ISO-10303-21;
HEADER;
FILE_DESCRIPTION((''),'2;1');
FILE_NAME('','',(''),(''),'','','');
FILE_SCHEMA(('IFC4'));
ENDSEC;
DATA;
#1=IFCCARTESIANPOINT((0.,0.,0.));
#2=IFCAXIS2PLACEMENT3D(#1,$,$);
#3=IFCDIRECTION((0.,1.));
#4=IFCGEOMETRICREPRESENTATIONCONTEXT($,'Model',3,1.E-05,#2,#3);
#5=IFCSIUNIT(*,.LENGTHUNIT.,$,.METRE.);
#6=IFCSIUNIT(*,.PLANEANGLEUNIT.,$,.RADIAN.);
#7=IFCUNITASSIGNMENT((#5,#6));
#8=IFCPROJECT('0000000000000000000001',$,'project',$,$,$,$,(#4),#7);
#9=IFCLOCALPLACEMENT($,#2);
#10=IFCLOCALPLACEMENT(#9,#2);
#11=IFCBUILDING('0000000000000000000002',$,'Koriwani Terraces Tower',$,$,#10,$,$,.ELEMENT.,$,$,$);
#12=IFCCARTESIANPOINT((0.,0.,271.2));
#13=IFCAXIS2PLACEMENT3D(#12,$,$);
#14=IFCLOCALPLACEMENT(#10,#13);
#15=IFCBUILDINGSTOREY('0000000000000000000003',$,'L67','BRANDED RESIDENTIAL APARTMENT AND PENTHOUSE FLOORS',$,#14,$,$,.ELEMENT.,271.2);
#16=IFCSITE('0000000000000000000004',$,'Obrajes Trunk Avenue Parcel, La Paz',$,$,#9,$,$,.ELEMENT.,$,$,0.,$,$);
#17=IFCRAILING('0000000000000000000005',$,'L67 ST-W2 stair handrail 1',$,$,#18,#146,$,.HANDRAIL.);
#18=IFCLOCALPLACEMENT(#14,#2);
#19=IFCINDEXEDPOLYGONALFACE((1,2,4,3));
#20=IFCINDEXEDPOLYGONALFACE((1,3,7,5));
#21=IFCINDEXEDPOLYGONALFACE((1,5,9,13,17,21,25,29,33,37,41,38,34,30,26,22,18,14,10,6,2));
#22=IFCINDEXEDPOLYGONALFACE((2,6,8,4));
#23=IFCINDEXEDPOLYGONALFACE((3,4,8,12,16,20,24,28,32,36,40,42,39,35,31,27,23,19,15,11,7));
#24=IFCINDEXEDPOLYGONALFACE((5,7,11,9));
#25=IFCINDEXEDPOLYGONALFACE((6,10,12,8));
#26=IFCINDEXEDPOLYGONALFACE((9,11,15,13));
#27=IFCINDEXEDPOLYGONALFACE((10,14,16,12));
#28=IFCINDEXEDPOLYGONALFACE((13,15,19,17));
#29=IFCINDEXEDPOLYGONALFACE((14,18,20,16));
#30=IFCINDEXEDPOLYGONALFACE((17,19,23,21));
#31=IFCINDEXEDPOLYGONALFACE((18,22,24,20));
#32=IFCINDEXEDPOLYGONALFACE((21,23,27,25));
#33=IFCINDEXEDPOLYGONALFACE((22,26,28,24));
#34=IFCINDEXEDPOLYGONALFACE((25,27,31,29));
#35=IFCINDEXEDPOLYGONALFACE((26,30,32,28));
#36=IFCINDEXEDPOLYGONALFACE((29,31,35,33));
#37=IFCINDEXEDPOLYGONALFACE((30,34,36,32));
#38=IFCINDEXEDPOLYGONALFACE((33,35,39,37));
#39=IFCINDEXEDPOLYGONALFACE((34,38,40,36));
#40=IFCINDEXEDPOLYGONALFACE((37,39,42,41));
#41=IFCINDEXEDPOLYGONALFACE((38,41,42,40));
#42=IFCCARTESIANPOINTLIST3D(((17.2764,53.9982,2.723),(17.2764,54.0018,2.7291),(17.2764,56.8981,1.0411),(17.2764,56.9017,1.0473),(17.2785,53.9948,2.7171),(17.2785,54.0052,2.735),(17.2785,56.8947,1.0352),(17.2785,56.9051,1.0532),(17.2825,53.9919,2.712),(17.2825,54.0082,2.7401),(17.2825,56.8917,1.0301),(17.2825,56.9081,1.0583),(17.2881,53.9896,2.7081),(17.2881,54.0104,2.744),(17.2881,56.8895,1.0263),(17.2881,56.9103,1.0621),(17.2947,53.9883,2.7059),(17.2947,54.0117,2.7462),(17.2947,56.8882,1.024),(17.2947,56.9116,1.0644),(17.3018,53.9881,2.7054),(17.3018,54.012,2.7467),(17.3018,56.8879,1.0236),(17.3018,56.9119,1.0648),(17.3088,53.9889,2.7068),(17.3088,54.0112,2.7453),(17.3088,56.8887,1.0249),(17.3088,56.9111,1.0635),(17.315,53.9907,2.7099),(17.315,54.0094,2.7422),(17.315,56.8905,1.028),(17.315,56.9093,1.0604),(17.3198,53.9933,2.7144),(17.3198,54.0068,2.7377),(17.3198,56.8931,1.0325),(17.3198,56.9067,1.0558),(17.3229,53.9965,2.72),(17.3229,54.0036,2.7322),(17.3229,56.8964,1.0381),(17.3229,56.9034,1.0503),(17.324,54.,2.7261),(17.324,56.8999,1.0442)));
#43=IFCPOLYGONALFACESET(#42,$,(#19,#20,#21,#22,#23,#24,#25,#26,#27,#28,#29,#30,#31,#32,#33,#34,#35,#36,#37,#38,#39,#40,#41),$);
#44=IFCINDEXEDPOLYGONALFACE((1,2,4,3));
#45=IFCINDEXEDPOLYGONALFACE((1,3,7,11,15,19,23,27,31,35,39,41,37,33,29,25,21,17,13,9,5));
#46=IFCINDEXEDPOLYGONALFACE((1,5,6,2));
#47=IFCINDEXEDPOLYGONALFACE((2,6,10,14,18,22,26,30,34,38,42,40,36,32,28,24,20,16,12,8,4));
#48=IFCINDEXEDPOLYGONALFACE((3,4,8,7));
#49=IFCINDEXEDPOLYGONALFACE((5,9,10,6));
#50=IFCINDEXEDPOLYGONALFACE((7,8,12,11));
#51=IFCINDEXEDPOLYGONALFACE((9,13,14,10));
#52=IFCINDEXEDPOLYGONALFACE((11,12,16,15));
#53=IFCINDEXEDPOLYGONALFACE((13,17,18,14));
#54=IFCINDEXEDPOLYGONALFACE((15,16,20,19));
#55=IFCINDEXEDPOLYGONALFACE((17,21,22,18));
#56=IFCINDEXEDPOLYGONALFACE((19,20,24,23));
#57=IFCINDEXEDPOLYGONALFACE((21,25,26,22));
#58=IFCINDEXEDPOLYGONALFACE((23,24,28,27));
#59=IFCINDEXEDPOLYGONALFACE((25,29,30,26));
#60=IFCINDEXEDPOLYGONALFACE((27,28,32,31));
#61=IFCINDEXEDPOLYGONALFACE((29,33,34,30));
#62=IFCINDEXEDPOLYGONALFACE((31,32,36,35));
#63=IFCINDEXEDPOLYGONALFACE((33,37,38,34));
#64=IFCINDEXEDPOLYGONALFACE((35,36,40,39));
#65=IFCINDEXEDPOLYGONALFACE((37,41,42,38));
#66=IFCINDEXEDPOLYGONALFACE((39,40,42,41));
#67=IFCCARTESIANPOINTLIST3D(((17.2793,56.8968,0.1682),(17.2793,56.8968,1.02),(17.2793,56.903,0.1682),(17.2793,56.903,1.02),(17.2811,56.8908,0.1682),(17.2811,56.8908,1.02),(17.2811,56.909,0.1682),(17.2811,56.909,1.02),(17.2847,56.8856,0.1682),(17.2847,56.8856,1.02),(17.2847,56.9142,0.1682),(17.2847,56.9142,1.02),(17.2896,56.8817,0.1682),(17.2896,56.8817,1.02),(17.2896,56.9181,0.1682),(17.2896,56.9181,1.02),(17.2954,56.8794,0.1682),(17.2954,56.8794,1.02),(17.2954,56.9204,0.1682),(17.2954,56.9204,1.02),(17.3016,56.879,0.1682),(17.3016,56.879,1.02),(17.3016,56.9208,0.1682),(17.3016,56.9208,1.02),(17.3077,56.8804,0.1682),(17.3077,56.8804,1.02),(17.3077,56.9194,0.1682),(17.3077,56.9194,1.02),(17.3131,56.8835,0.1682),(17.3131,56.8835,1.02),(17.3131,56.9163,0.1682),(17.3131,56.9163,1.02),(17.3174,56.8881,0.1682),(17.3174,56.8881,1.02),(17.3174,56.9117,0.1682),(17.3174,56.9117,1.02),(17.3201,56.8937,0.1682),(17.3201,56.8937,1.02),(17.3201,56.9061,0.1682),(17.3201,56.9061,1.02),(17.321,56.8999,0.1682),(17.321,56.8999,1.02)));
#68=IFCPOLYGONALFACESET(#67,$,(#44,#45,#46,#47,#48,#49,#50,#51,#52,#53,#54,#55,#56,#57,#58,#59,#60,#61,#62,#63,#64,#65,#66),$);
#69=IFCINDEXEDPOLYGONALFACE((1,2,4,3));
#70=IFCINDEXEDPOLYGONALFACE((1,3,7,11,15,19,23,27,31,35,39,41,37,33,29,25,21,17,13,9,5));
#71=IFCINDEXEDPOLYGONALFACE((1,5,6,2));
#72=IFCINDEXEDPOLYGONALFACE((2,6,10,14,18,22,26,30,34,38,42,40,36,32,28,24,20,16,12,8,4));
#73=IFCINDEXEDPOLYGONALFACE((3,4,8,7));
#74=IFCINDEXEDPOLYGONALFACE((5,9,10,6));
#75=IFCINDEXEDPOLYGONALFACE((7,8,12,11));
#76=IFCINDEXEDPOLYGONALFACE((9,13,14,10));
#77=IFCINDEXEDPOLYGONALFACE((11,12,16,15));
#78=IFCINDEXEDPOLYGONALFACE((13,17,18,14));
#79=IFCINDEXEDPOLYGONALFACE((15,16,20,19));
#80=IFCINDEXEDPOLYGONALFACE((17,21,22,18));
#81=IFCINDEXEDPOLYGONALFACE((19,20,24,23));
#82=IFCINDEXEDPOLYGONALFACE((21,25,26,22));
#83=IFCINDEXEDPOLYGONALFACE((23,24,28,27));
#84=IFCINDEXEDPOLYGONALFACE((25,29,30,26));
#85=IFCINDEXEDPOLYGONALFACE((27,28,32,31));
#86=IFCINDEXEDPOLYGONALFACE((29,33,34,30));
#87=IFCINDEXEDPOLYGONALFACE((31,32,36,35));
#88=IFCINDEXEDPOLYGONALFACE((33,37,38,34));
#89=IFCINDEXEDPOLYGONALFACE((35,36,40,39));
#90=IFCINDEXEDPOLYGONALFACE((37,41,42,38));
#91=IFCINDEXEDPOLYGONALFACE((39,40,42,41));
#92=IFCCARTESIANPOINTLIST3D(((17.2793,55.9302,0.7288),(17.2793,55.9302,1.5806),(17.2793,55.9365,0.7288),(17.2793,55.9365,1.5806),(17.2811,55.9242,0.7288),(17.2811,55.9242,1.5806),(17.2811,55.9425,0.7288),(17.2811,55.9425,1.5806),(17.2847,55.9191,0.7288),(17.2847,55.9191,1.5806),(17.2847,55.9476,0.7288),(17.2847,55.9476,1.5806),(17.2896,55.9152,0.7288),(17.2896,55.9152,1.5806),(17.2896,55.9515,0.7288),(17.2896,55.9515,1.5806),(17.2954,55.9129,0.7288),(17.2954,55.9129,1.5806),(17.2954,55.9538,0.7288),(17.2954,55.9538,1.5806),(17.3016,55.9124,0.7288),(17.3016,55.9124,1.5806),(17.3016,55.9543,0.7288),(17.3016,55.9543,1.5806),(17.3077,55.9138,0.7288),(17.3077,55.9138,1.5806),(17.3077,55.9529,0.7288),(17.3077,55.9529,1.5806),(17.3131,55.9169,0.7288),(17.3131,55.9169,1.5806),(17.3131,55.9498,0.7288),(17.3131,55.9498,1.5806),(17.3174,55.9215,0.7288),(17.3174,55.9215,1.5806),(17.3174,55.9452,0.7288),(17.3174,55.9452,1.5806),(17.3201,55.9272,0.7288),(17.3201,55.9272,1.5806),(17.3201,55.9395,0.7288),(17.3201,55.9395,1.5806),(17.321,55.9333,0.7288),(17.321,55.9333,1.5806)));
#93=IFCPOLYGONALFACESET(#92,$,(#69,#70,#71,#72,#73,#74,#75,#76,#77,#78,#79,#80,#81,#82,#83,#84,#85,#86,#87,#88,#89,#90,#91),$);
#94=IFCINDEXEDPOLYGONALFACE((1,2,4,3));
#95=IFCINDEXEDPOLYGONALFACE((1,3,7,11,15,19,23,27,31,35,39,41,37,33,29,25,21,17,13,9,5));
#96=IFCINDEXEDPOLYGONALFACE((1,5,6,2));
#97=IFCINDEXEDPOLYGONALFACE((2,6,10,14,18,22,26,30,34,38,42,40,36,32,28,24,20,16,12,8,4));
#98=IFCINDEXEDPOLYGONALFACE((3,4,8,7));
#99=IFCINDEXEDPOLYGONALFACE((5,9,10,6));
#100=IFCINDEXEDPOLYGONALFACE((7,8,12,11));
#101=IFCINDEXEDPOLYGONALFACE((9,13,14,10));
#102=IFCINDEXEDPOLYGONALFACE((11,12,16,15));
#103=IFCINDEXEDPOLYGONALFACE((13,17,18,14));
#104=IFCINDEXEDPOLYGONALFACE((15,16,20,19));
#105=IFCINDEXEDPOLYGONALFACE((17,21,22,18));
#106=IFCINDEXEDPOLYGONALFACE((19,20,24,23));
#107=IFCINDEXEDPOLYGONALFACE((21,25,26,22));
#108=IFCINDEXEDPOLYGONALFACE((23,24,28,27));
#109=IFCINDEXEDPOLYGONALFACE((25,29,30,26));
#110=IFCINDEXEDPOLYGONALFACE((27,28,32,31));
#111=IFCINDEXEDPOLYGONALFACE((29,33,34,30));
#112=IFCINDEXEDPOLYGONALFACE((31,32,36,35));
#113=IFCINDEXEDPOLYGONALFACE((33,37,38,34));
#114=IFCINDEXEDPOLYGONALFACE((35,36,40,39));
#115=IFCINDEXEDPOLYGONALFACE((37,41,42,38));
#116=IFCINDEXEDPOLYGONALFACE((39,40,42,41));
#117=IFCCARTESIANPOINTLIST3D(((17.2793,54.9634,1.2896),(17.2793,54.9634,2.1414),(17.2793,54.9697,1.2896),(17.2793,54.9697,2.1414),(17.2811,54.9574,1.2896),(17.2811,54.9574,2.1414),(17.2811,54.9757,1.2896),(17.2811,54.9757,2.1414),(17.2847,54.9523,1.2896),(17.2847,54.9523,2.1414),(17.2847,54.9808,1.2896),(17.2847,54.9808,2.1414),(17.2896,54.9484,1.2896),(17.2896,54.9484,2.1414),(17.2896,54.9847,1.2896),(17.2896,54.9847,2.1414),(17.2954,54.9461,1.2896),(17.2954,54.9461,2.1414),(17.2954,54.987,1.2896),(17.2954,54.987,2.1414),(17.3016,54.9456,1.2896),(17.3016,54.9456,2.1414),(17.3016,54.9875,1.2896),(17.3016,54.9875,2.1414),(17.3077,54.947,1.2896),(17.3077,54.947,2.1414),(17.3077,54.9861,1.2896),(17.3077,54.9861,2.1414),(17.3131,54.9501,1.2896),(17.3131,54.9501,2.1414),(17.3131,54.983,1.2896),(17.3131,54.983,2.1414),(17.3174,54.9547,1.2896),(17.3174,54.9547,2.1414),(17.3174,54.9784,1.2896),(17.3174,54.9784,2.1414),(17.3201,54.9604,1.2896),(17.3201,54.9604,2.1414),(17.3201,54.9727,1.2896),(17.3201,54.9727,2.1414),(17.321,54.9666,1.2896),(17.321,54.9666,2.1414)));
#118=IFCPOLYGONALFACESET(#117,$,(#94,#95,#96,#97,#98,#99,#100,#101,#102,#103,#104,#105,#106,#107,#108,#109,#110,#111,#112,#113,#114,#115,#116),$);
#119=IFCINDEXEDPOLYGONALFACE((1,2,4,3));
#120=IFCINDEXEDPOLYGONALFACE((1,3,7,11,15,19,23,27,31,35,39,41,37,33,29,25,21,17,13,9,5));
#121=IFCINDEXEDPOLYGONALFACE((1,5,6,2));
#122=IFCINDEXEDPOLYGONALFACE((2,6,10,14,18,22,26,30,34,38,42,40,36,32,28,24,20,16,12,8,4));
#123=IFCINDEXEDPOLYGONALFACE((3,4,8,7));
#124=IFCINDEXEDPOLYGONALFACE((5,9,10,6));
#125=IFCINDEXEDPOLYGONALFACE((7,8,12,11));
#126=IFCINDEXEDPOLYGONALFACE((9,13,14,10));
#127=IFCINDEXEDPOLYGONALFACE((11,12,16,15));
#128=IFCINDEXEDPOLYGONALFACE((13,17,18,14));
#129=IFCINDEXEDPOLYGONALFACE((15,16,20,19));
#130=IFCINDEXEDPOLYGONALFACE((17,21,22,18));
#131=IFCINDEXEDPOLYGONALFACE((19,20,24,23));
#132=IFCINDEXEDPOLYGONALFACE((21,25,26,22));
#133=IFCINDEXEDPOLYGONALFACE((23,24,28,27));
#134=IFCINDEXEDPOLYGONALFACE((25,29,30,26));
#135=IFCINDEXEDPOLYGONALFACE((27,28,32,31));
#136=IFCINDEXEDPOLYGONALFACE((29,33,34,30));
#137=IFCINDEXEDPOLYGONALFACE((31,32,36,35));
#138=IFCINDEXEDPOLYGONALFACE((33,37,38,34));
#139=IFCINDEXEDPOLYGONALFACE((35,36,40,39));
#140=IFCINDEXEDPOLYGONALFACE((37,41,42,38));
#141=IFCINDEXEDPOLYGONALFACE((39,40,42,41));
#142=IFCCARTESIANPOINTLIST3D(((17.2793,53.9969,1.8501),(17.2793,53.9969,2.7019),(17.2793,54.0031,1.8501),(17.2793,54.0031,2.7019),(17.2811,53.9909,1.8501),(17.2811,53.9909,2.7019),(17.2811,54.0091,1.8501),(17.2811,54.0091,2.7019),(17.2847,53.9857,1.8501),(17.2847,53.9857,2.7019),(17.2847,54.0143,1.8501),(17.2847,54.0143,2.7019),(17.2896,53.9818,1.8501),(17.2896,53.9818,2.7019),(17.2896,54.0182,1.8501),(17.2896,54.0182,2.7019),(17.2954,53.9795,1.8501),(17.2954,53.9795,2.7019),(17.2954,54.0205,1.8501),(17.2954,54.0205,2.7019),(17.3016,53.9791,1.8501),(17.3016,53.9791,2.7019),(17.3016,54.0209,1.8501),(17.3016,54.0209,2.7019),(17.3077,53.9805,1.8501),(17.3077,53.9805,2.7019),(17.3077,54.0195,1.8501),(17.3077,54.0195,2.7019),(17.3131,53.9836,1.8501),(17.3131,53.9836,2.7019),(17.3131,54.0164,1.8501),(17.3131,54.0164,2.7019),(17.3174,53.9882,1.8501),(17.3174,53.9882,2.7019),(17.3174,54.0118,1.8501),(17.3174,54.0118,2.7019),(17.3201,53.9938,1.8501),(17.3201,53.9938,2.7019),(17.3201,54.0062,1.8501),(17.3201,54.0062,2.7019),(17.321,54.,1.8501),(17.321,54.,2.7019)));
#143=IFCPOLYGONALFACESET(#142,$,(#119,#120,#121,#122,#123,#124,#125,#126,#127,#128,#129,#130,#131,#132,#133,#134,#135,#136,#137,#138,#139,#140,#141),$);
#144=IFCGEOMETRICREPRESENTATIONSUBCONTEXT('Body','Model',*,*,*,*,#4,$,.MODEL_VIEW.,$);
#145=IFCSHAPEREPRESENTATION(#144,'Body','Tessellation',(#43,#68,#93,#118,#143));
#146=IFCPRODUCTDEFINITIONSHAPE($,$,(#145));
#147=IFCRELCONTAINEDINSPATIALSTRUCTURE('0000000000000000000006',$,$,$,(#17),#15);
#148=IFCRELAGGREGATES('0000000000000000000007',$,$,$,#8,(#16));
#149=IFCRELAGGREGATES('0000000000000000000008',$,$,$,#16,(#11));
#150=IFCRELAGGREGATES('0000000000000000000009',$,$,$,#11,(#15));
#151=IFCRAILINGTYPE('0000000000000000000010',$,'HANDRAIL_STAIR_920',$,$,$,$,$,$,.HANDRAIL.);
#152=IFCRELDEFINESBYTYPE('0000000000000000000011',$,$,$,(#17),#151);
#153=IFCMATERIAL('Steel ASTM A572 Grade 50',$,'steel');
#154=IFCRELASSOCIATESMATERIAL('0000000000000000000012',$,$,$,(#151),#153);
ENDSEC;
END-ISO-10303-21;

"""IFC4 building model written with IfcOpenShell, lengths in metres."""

from ifc_helpers import new_model, si_unit, direction, frame, origin, origin_2d, place, context, subcontext, project, spatial, circle, extrude, material, type_object, element, save


model = new_model("IFC4")

# Units and contexts
model_context = context("Model", 3, precision=1e-05, world=origin(), true_north=direction((0.0, 1.0)))
body_context = subcontext(model_context, "Body", "Model", "MODEL_VIEW")
ifc_project = project(units=[si_unit("LENGTHUNIT", "METRE"), si_unit("PLANEANGLEUNIT", "RADIAN")], contexts=[model_context])

# Site, building, storey
site_placement = place(None, origin())
site = spatial("IfcSite", under=ifc_project, at=site_placement, Name="Obrajes Trunk Avenue Parcel, La Paz", CompositionType="ELEMENT", RefElevation=0.0)
building_placement = place(site_placement, origin())
building = spatial("IfcBuilding", under=site, at=building_placement, Name="Koriwani Terraces Tower", CompositionType="ELEMENT")
storey_placement = place(building_placement, frame((0.0, 0.0, 271.2)))
storey = spatial("IfcBuildingStorey", under=building, at=storey_placement, Name="L67", Description="BRANDED RESIDENTIAL APARTMENT AND PENTHOUSE FLOORS", CompositionType="ELEMENT", Elevation=271.2)

# Shared definitions
ifc_material_1 = material(Name="Steel ASTM A572 Grade 50", Category="steel")

# Railing
railing_type_1 = type_object("IfcRailingType", Name="HANDRAIL_STAIR_920", PredefinedType="HANDRAIL", material=ifc_material_1)
railing_1_placement = place(storey_placement, frame((17.3, 56.8999, 0.1682)))
element("IfcRailing", 1, at=railing_1_placement, inside=storey, type_object=railing_type_1, Name="L67 ST-W2 stair handrail 1", PredefinedType="HANDRAIL", context=body_context, shape_type="SweptSolid", body=[
    extrude(circle(Radius=0.0239, at=origin_2d()), frame((0.0, 0.0, 0.876), z_axis=(0.0, -0.865039, 0.501705), x_axis=(1.0, 0.0, 0.0)), (0.0, 0.0, 1.0), 3.3523),
    extrude(circle(Radius=0.021, at=origin_2d()), origin(), (0.0, 0.0, 1.0), 0.8518),
    extrude(circle(Radius=0.021, at=origin_2d()), frame((0.0, -0.9666, 0.5605)), (0.0, 0.0, 1.0), 0.8518),
    extrude(circle(Radius=0.021, at=origin_2d()), frame((0.0, -1.9333, 1.1213)), (0.0, 0.0, 1.0), 0.8518),
    extrude(circle(Radius=0.021, at=origin_2d()), frame((0.0, -2.8999, 1.6819)), (0.0, 0.0, 1.0), 0.8518),
])

save(model, "model.ifc")
